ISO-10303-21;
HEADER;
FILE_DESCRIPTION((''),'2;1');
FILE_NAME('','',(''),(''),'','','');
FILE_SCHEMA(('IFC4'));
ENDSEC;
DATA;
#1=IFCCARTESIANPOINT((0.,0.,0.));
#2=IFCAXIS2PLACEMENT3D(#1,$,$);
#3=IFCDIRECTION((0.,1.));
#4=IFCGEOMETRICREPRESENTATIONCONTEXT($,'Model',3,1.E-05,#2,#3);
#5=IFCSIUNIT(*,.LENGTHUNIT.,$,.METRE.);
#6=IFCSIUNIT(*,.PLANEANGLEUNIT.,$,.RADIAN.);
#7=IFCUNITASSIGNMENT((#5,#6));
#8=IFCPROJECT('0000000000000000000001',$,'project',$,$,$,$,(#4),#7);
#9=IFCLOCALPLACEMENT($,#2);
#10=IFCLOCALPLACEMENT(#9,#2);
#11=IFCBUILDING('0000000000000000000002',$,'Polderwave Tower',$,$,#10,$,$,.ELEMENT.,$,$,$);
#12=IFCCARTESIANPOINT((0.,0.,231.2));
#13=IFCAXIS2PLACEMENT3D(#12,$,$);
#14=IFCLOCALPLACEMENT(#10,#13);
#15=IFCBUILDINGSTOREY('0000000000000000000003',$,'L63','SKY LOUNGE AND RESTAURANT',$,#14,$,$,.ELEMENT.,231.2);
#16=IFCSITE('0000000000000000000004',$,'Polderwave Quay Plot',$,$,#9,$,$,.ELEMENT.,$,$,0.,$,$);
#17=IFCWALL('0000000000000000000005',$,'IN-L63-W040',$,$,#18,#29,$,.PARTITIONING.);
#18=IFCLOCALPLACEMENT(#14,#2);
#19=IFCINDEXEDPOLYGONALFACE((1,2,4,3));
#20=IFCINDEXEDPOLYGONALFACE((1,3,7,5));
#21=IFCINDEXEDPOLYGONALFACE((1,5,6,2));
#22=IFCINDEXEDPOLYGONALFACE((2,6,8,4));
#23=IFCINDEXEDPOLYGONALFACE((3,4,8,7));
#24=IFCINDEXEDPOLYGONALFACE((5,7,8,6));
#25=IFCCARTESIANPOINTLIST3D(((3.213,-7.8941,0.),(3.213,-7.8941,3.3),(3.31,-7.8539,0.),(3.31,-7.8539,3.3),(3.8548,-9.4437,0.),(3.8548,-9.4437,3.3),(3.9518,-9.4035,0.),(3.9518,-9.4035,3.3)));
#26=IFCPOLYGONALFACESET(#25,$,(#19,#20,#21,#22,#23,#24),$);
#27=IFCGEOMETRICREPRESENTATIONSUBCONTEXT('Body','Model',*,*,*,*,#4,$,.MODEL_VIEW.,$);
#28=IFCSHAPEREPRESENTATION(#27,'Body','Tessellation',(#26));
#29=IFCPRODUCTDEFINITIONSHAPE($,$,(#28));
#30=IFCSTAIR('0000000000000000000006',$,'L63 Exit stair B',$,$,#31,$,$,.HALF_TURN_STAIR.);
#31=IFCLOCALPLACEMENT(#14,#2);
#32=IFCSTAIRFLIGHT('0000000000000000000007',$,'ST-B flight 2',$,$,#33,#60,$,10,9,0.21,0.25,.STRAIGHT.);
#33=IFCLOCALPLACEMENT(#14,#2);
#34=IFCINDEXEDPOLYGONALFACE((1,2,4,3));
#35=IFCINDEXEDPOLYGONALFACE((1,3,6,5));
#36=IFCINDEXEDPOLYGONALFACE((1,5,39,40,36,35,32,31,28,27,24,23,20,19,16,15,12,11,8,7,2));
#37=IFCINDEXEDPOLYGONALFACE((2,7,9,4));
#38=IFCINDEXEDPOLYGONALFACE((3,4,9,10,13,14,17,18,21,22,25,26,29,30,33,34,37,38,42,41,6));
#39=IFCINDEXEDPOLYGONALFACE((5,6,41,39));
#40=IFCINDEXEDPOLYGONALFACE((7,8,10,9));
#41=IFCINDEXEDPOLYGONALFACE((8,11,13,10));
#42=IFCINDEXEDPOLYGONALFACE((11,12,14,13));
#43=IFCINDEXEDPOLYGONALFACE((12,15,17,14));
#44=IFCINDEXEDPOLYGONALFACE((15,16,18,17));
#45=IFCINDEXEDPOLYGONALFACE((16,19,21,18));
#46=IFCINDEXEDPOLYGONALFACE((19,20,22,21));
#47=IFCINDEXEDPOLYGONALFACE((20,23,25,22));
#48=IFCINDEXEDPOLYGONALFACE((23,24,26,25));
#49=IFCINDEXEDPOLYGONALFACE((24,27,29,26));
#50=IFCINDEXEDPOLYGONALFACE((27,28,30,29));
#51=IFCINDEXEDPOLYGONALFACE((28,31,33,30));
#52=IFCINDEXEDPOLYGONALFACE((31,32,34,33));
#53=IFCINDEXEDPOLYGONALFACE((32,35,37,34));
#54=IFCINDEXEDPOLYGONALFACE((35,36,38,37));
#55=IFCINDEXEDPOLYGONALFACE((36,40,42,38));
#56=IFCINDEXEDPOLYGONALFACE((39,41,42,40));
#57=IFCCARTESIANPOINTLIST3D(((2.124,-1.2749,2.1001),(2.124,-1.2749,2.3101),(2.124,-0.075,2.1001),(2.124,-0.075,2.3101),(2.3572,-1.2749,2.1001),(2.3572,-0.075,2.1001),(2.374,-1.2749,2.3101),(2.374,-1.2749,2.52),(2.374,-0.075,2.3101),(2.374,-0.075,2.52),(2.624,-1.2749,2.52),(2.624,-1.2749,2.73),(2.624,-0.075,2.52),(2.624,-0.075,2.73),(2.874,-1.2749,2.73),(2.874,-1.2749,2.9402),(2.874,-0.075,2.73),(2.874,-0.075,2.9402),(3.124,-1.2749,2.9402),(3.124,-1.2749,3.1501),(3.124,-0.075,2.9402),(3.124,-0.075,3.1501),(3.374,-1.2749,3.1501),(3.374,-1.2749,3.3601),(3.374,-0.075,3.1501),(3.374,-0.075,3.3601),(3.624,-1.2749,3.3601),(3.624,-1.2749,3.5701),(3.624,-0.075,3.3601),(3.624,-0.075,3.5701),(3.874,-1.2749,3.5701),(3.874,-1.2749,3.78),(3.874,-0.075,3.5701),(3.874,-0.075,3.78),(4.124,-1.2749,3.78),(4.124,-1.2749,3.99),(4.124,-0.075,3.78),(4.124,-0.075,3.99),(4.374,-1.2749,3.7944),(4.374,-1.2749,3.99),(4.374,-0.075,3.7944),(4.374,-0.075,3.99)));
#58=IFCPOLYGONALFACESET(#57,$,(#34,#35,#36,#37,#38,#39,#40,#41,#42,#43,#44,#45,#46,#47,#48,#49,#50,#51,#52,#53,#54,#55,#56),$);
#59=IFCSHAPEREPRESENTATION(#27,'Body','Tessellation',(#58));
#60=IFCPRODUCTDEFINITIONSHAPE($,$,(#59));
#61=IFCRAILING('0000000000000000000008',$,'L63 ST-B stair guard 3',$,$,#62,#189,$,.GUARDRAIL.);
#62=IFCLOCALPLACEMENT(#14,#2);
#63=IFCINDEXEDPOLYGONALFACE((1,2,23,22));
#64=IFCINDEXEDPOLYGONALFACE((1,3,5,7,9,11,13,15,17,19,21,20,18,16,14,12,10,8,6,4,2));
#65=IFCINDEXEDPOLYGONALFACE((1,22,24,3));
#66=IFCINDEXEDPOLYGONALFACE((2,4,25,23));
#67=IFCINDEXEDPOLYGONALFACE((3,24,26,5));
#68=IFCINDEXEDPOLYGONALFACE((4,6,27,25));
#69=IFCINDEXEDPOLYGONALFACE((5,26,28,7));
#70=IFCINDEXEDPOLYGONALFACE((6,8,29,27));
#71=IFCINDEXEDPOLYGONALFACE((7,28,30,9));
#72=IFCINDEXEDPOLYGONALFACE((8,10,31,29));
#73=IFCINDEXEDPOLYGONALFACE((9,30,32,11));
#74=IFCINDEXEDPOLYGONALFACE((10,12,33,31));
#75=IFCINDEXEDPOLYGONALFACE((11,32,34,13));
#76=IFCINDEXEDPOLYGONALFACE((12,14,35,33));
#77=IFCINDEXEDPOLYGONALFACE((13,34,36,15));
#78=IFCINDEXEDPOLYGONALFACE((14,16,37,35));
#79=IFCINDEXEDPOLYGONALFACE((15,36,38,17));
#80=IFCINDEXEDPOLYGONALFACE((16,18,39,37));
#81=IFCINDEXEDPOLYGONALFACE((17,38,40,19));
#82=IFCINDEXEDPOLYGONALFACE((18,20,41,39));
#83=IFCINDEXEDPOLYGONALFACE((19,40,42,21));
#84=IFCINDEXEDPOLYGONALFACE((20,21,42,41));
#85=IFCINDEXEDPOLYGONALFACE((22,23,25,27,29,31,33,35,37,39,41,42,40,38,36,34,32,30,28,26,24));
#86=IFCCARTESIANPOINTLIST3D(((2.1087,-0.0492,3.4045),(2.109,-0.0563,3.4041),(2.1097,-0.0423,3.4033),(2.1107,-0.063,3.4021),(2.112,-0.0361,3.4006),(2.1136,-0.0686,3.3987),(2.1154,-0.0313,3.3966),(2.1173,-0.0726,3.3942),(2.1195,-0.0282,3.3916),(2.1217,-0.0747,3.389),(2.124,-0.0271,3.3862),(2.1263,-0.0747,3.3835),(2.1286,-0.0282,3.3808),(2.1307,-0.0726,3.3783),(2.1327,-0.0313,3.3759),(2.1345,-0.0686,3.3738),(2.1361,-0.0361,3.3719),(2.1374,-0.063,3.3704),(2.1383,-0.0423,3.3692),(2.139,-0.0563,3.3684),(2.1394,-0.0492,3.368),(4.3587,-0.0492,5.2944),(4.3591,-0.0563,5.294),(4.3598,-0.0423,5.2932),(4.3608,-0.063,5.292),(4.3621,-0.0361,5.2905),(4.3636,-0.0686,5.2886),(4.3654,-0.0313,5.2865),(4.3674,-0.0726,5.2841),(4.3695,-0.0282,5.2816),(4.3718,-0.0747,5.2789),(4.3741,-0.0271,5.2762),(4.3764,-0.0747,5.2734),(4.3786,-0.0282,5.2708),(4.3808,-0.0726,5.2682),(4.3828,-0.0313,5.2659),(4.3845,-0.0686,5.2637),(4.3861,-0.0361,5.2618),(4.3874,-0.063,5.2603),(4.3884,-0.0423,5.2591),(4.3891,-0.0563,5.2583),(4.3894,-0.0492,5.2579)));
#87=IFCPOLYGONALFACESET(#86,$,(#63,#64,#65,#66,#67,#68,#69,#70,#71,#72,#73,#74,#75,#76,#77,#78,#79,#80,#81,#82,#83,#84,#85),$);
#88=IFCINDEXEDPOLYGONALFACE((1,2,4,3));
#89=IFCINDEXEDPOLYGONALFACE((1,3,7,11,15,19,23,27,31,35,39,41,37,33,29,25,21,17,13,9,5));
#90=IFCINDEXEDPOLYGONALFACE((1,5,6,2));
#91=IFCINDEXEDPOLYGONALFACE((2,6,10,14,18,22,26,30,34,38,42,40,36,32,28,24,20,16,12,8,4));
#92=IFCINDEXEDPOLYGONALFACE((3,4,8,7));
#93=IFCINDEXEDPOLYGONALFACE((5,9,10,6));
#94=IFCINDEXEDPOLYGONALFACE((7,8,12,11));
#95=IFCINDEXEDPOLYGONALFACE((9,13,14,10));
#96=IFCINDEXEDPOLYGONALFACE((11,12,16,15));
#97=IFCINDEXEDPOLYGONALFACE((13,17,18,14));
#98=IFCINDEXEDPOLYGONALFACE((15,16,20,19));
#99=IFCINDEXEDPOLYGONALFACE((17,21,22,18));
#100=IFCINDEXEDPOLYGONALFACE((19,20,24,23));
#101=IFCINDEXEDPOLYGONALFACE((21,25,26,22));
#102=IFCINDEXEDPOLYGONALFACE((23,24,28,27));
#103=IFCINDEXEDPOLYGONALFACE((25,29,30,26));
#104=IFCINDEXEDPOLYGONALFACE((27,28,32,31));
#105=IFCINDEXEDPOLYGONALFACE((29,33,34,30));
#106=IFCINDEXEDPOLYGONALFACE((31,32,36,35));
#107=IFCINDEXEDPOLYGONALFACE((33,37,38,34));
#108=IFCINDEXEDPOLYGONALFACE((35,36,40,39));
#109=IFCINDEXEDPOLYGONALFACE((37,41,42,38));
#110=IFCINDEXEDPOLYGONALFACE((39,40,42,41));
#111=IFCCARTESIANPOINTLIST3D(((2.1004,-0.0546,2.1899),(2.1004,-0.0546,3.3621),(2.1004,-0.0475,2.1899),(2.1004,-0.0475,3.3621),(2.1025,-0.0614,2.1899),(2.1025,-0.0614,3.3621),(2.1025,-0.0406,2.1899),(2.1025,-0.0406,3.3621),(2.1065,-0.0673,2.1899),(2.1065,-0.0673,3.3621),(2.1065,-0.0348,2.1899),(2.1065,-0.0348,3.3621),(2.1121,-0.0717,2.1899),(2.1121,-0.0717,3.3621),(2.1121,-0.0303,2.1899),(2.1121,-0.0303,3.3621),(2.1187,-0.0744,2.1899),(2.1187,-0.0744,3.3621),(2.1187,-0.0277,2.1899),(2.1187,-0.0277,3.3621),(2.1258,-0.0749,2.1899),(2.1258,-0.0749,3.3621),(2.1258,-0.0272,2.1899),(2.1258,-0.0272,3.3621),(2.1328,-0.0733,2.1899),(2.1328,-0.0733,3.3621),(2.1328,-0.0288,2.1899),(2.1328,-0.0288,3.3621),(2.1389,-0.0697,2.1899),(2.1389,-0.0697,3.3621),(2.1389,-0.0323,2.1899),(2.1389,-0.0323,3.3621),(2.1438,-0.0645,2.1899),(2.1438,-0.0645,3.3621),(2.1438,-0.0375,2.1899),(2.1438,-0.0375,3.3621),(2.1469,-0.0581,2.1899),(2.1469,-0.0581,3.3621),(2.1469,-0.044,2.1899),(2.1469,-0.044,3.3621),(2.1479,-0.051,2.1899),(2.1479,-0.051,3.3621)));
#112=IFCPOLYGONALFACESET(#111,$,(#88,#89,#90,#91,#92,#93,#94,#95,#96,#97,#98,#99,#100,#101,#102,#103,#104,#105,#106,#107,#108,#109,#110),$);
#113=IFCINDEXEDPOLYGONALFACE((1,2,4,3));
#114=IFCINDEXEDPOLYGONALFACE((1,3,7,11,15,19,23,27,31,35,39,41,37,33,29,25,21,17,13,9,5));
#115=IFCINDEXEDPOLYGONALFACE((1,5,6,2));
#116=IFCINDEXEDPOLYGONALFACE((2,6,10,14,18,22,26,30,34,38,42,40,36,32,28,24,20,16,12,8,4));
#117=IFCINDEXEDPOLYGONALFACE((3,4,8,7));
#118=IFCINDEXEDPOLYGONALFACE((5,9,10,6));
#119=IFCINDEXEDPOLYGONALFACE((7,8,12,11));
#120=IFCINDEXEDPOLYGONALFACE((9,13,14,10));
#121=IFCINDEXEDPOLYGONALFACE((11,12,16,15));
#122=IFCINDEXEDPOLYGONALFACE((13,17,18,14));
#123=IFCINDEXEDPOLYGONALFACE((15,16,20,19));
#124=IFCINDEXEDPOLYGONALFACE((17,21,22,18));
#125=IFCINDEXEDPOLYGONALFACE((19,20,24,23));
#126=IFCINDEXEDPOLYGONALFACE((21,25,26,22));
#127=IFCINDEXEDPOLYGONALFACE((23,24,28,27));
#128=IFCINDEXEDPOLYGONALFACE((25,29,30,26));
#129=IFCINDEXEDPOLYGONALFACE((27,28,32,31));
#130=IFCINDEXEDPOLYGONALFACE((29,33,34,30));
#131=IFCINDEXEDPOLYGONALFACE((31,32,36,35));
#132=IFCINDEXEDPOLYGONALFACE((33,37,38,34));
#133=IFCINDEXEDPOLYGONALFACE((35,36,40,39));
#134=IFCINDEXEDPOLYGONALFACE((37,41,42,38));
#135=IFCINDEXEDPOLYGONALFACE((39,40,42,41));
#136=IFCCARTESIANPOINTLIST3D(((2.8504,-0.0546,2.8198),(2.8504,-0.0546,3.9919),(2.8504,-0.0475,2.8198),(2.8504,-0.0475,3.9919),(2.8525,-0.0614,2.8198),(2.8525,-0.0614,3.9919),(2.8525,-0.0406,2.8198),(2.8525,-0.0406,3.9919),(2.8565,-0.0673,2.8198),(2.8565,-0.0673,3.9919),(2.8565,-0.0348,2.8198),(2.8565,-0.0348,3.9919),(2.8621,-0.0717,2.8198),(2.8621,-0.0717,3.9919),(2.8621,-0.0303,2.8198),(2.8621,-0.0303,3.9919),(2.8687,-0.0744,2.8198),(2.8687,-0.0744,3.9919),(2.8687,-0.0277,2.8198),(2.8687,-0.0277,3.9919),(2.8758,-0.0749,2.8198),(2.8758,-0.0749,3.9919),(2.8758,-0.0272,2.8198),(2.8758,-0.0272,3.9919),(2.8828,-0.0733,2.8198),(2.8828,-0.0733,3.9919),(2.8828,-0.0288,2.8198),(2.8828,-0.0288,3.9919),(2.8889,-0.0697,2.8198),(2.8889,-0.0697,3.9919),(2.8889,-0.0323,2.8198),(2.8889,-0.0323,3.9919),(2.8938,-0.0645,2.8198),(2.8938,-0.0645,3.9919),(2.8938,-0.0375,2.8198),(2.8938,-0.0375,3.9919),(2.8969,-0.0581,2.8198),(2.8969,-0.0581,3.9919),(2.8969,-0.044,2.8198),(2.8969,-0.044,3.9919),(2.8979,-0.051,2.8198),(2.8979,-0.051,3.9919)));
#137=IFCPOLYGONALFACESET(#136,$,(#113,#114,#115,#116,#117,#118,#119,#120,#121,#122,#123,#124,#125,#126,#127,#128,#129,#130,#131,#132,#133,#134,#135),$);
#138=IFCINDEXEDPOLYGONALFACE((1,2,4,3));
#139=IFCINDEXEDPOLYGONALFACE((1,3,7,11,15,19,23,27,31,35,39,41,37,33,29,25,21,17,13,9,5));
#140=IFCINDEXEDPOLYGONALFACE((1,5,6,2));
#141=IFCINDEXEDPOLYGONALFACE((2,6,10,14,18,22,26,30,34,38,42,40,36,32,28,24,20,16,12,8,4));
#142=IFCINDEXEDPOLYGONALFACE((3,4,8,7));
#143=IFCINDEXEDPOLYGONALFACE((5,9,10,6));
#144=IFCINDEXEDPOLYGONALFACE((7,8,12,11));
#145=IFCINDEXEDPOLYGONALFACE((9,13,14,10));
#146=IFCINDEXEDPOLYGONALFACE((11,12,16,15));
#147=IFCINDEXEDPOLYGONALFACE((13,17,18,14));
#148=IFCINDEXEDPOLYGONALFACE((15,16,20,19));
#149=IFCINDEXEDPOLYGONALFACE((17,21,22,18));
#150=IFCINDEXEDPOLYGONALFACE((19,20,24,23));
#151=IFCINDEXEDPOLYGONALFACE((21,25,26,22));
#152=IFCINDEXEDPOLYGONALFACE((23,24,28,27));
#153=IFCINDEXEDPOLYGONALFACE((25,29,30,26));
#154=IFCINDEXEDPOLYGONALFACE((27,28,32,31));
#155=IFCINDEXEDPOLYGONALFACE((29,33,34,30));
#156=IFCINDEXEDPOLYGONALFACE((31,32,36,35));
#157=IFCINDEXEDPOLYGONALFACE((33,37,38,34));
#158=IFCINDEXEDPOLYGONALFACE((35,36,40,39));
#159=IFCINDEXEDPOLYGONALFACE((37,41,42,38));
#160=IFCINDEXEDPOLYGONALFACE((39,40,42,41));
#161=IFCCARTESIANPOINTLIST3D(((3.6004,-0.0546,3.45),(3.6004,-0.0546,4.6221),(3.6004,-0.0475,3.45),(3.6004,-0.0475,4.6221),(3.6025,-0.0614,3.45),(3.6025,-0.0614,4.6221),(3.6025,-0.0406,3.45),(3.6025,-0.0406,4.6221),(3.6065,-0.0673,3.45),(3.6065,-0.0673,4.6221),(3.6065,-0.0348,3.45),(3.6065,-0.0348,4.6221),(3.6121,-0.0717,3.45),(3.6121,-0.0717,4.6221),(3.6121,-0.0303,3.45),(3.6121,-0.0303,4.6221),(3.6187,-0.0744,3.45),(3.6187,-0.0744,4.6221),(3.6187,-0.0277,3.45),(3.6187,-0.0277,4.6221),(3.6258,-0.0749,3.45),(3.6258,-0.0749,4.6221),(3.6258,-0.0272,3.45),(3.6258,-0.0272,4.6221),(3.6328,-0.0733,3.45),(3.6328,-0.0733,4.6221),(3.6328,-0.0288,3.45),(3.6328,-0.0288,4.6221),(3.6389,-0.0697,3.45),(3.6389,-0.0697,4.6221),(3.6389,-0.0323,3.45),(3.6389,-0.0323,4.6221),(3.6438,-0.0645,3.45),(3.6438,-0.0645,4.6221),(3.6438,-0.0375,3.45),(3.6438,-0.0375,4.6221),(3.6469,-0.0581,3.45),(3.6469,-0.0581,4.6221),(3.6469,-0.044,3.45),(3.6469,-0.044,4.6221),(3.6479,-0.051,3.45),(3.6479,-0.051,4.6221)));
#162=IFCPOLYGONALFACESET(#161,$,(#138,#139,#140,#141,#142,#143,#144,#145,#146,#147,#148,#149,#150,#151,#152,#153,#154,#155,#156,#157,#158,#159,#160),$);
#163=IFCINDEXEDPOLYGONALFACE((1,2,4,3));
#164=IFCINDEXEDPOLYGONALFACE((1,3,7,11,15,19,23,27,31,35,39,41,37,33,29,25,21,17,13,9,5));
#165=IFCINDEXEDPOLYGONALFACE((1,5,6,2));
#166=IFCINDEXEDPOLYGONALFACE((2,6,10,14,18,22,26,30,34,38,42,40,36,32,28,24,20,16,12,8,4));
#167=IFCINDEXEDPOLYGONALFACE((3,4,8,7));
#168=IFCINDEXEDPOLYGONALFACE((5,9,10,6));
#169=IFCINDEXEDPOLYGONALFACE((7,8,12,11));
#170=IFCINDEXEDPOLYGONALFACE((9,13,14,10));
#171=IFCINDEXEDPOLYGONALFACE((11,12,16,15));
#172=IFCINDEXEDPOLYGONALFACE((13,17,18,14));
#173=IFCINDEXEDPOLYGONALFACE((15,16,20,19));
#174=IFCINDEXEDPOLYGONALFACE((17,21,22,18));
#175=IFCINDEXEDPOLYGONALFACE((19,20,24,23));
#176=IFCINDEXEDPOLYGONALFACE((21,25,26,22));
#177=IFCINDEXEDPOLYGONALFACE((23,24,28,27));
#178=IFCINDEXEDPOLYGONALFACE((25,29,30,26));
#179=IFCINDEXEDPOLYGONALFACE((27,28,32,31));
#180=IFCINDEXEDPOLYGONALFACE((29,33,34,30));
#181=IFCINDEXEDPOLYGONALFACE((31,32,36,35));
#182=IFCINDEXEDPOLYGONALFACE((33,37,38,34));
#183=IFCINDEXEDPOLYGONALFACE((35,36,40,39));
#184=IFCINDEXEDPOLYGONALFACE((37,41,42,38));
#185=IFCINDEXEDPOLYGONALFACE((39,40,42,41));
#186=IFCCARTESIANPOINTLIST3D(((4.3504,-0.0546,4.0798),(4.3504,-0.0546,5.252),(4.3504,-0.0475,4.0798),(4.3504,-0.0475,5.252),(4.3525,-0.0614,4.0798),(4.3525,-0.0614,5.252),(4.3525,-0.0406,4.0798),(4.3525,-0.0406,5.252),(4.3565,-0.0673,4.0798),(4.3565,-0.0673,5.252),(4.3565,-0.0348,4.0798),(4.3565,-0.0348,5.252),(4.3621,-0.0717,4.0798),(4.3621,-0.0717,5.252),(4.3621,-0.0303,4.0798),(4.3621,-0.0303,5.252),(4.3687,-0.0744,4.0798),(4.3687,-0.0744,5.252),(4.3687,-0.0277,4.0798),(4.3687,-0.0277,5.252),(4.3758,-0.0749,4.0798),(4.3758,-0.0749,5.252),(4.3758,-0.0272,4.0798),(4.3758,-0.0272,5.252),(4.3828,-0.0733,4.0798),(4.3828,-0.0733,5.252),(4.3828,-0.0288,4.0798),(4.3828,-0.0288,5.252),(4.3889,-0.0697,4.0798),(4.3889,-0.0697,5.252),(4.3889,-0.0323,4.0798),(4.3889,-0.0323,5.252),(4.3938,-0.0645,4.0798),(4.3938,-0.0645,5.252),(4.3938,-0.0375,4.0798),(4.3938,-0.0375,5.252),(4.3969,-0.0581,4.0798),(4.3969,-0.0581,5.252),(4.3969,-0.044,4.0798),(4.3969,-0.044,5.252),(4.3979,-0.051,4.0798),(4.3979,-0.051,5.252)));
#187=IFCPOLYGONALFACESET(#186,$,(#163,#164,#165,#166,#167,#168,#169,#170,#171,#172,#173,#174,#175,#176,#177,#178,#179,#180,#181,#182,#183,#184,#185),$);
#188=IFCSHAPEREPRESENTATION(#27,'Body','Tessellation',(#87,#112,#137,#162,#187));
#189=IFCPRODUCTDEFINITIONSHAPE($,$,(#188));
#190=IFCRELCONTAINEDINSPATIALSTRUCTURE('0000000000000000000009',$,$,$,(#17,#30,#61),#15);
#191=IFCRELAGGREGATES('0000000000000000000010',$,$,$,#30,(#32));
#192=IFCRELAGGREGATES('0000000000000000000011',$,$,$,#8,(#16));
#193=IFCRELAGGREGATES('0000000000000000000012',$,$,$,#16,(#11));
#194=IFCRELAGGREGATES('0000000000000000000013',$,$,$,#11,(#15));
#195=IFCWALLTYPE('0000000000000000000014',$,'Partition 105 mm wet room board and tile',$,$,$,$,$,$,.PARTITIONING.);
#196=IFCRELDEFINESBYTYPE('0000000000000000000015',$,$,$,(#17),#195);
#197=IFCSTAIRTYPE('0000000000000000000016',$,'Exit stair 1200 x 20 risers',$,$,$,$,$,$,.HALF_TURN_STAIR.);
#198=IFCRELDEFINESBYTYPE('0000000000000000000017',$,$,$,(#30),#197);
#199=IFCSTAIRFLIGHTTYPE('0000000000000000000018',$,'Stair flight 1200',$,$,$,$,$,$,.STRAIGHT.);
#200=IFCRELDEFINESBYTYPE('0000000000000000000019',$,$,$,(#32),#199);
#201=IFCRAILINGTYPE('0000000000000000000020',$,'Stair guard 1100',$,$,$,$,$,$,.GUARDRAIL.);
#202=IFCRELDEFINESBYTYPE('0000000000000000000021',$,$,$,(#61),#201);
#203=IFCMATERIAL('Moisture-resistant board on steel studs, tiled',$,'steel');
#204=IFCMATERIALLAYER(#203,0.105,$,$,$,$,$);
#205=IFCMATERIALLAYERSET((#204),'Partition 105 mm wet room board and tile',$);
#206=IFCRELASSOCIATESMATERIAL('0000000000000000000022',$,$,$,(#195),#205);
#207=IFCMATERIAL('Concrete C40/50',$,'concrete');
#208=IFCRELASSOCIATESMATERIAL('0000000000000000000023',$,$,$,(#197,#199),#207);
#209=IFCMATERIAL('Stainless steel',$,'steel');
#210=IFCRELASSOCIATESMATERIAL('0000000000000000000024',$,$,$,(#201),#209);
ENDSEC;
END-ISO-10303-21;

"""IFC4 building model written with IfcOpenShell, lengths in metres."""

from ifc_helpers import new_model, si_unit, direction, frame, frame_2d, origin, origin_2d, place, context, subcontext, project, spatial, polyline, rectangle, circle, outline, extrude, material, layer, layer_set, type_object, element, aggregate, save


model = new_model("IFC4")

# Units and contexts
model_context = context("Model", 3, precision=1e-05, world=origin(), true_north=direction((0.0, 1.0)))
body_context = subcontext(model_context, "Body", "Model", "MODEL_VIEW")
ifc_project = project(units=[si_unit("LENGTHUNIT", "METRE"), si_unit("PLANEANGLEUNIT", "RADIAN")], contexts=[model_context])

# Site, building, storey
site_placement = place(None, origin())
site = spatial("IfcSite", under=ifc_project, at=site_placement, Name="Polderwave Quay Plot", CompositionType="ELEMENT", RefElevation=0.0)
building_placement = place(site_placement, origin())
building = spatial("IfcBuilding", under=site, at=building_placement, Name="Polderwave Tower", CompositionType="ELEMENT")
storey_placement = place(building_placement, frame((0.0, 0.0, 231.2)))
storey = spatial("IfcBuildingStorey", under=building, at=storey_placement, Name="L63", Description="SKY LOUNGE AND RESTAURANT", CompositionType="ELEMENT", Elevation=231.2)

# Wall
ifc_material_1 = material(Name="Moisture-resistant board on steel studs, tiled", Category="steel")
ifc_layer_1 = layer(ifc_material_1, 0.105)
ifc_layer_set_1 = layer_set([ifc_layer_1], Name="Partition 105 mm wet room board and tile")
wall_type_1 = type_object("IfcWallType", Name="Partition 105 mm wet room board and tile", PredefinedType="PARTITIONING", material=ifc_layer_set_1)
wall_1_placement = place(storey_placement, frame((3.2615, -7.874, 0.0), z_axis=(0.0, 0.0, 1.0), x_axis=(0.382682, -0.92388, 0.0)))
element("IfcWall", 1, at=wall_1_placement, inside=storey, type_object=wall_type_1, Name="IN-L63-W040", PredefinedType="PARTITIONING", context=body_context, shape_type="SweptSolid", body=[
    extrude(rectangle(XDim=1.6772, YDim=0.105, at=frame_2d((0.8386, 0.0))), origin(), (0.0, 0.0, 1.0), 3.3),
])

# Stair, stair flight
ifc_material_2 = material(Name="Concrete C40/50", Category="concrete")
stair_type = type_object("IfcStairType", Name="Exit stair 1200 x 20 risers", PredefinedType="HALF_TURN_STAIR", material=ifc_material_2)
stair_placement = place(storey_placement, origin())
stair = element("IfcStair", 2, at=stair_placement, inside=storey, type_object=stair_type, Name="L63 Exit stair B", PredefinedType="HALF_TURN_STAIR")
stair_flight_type = type_object("IfcStairFlightType", Name="Stair flight 1200", PredefinedType="STRAIGHT", material=ifc_material_2)
stair_flight_placement = place(storey_placement, frame((2.124, -0.675, 2.1001), z_axis=(0.0, 0.0, 1.0), x_axis=(1.0, 0.0, 0.0)))
stair_flight = element("IfcStairFlight", 3, at=stair_flight_placement, type_object=stair_flight_type, Name="ST-B flight 2", NumberOfRisers=10, NumberOfTreads=9, PredefinedType="STRAIGHT", RiserHeight=0.21, TreadLength=0.25, context=body_context, shape_type="SweptSolid", body=[
    extrude(outline(polyline([(0.0, 0.0), (0.0, 0.21), (0.25, 0.21), (0.25, 0.4199), (0.5, 0.4199), (0.5, 0.6299), (0.75, 0.6299), (0.75, 0.8401), (1.0, 0.8401), (1.0, 1.05), (1.25, 1.05), (1.25, 1.26), (1.5, 1.26), (1.5, 1.47), (1.75, 1.47), (1.75, 1.6799), (2.0, 1.6799), (2.0, 1.8899), (2.25, 1.8899), (2.25, 2.1001), (2.25, 1.6943), (0.2332, 0.0), (0.0, 0.0)])), frame((0.0, 0.6001, 0.0), z_axis=(0.0, -1.0, 0.0), x_axis=(1.0, 0.0, 0.0)), (0.0, 0.0, 1.0), 1.2),
])
aggregate(stair, [stair_flight])

# Railing
ifc_material_3 = material(Name="Stainless steel", Category="steel")
railing_type_1 = type_object("IfcRailingType", Name="Stair guard 1100", PredefinedType="GUARDRAIL", material=ifc_material_3)
railing_1_placement = place(storey_placement, frame((2.124, -0.051, 2.1899)))
element("IfcRailing", 4, at=railing_1_placement, inside=storey, type_object=railing_type_1, Name="L63 ST-B stair guard 3", PredefinedType="GUARDRAIL", context=body_context, shape_type="SweptSolid", body=[
    extrude(circle(Radius=0.0239, at=origin_2d()), frame((0.0, 0.0, 1.1963), z_axis=(0.765723, 0.0, 0.643171), x_axis=(0.0, 1.0, 0.0)), (0.0, 0.0, 1.0), 2.9385),
    extrude(circle(Radius=0.0239, at=origin_2d()), origin(), (0.0, 0.0, 1.0), 1.1721),
    extrude(circle(Radius=0.0239, at=origin_2d()), frame((0.75, 0.0, 0.6299)), (0.0, 0.0, 1.0), 1.1721),
    extrude(circle(Radius=0.0239, at=origin_2d()), frame((1.5, 0.0, 1.26)), (0.0, 0.0, 1.0), 1.1721),
    extrude(circle(Radius=0.0239, at=origin_2d()), frame((2.25, 0.0, 1.8899)), (0.0, 0.0, 1.0), 1.1721),
])

save(model, "model.ifc")
